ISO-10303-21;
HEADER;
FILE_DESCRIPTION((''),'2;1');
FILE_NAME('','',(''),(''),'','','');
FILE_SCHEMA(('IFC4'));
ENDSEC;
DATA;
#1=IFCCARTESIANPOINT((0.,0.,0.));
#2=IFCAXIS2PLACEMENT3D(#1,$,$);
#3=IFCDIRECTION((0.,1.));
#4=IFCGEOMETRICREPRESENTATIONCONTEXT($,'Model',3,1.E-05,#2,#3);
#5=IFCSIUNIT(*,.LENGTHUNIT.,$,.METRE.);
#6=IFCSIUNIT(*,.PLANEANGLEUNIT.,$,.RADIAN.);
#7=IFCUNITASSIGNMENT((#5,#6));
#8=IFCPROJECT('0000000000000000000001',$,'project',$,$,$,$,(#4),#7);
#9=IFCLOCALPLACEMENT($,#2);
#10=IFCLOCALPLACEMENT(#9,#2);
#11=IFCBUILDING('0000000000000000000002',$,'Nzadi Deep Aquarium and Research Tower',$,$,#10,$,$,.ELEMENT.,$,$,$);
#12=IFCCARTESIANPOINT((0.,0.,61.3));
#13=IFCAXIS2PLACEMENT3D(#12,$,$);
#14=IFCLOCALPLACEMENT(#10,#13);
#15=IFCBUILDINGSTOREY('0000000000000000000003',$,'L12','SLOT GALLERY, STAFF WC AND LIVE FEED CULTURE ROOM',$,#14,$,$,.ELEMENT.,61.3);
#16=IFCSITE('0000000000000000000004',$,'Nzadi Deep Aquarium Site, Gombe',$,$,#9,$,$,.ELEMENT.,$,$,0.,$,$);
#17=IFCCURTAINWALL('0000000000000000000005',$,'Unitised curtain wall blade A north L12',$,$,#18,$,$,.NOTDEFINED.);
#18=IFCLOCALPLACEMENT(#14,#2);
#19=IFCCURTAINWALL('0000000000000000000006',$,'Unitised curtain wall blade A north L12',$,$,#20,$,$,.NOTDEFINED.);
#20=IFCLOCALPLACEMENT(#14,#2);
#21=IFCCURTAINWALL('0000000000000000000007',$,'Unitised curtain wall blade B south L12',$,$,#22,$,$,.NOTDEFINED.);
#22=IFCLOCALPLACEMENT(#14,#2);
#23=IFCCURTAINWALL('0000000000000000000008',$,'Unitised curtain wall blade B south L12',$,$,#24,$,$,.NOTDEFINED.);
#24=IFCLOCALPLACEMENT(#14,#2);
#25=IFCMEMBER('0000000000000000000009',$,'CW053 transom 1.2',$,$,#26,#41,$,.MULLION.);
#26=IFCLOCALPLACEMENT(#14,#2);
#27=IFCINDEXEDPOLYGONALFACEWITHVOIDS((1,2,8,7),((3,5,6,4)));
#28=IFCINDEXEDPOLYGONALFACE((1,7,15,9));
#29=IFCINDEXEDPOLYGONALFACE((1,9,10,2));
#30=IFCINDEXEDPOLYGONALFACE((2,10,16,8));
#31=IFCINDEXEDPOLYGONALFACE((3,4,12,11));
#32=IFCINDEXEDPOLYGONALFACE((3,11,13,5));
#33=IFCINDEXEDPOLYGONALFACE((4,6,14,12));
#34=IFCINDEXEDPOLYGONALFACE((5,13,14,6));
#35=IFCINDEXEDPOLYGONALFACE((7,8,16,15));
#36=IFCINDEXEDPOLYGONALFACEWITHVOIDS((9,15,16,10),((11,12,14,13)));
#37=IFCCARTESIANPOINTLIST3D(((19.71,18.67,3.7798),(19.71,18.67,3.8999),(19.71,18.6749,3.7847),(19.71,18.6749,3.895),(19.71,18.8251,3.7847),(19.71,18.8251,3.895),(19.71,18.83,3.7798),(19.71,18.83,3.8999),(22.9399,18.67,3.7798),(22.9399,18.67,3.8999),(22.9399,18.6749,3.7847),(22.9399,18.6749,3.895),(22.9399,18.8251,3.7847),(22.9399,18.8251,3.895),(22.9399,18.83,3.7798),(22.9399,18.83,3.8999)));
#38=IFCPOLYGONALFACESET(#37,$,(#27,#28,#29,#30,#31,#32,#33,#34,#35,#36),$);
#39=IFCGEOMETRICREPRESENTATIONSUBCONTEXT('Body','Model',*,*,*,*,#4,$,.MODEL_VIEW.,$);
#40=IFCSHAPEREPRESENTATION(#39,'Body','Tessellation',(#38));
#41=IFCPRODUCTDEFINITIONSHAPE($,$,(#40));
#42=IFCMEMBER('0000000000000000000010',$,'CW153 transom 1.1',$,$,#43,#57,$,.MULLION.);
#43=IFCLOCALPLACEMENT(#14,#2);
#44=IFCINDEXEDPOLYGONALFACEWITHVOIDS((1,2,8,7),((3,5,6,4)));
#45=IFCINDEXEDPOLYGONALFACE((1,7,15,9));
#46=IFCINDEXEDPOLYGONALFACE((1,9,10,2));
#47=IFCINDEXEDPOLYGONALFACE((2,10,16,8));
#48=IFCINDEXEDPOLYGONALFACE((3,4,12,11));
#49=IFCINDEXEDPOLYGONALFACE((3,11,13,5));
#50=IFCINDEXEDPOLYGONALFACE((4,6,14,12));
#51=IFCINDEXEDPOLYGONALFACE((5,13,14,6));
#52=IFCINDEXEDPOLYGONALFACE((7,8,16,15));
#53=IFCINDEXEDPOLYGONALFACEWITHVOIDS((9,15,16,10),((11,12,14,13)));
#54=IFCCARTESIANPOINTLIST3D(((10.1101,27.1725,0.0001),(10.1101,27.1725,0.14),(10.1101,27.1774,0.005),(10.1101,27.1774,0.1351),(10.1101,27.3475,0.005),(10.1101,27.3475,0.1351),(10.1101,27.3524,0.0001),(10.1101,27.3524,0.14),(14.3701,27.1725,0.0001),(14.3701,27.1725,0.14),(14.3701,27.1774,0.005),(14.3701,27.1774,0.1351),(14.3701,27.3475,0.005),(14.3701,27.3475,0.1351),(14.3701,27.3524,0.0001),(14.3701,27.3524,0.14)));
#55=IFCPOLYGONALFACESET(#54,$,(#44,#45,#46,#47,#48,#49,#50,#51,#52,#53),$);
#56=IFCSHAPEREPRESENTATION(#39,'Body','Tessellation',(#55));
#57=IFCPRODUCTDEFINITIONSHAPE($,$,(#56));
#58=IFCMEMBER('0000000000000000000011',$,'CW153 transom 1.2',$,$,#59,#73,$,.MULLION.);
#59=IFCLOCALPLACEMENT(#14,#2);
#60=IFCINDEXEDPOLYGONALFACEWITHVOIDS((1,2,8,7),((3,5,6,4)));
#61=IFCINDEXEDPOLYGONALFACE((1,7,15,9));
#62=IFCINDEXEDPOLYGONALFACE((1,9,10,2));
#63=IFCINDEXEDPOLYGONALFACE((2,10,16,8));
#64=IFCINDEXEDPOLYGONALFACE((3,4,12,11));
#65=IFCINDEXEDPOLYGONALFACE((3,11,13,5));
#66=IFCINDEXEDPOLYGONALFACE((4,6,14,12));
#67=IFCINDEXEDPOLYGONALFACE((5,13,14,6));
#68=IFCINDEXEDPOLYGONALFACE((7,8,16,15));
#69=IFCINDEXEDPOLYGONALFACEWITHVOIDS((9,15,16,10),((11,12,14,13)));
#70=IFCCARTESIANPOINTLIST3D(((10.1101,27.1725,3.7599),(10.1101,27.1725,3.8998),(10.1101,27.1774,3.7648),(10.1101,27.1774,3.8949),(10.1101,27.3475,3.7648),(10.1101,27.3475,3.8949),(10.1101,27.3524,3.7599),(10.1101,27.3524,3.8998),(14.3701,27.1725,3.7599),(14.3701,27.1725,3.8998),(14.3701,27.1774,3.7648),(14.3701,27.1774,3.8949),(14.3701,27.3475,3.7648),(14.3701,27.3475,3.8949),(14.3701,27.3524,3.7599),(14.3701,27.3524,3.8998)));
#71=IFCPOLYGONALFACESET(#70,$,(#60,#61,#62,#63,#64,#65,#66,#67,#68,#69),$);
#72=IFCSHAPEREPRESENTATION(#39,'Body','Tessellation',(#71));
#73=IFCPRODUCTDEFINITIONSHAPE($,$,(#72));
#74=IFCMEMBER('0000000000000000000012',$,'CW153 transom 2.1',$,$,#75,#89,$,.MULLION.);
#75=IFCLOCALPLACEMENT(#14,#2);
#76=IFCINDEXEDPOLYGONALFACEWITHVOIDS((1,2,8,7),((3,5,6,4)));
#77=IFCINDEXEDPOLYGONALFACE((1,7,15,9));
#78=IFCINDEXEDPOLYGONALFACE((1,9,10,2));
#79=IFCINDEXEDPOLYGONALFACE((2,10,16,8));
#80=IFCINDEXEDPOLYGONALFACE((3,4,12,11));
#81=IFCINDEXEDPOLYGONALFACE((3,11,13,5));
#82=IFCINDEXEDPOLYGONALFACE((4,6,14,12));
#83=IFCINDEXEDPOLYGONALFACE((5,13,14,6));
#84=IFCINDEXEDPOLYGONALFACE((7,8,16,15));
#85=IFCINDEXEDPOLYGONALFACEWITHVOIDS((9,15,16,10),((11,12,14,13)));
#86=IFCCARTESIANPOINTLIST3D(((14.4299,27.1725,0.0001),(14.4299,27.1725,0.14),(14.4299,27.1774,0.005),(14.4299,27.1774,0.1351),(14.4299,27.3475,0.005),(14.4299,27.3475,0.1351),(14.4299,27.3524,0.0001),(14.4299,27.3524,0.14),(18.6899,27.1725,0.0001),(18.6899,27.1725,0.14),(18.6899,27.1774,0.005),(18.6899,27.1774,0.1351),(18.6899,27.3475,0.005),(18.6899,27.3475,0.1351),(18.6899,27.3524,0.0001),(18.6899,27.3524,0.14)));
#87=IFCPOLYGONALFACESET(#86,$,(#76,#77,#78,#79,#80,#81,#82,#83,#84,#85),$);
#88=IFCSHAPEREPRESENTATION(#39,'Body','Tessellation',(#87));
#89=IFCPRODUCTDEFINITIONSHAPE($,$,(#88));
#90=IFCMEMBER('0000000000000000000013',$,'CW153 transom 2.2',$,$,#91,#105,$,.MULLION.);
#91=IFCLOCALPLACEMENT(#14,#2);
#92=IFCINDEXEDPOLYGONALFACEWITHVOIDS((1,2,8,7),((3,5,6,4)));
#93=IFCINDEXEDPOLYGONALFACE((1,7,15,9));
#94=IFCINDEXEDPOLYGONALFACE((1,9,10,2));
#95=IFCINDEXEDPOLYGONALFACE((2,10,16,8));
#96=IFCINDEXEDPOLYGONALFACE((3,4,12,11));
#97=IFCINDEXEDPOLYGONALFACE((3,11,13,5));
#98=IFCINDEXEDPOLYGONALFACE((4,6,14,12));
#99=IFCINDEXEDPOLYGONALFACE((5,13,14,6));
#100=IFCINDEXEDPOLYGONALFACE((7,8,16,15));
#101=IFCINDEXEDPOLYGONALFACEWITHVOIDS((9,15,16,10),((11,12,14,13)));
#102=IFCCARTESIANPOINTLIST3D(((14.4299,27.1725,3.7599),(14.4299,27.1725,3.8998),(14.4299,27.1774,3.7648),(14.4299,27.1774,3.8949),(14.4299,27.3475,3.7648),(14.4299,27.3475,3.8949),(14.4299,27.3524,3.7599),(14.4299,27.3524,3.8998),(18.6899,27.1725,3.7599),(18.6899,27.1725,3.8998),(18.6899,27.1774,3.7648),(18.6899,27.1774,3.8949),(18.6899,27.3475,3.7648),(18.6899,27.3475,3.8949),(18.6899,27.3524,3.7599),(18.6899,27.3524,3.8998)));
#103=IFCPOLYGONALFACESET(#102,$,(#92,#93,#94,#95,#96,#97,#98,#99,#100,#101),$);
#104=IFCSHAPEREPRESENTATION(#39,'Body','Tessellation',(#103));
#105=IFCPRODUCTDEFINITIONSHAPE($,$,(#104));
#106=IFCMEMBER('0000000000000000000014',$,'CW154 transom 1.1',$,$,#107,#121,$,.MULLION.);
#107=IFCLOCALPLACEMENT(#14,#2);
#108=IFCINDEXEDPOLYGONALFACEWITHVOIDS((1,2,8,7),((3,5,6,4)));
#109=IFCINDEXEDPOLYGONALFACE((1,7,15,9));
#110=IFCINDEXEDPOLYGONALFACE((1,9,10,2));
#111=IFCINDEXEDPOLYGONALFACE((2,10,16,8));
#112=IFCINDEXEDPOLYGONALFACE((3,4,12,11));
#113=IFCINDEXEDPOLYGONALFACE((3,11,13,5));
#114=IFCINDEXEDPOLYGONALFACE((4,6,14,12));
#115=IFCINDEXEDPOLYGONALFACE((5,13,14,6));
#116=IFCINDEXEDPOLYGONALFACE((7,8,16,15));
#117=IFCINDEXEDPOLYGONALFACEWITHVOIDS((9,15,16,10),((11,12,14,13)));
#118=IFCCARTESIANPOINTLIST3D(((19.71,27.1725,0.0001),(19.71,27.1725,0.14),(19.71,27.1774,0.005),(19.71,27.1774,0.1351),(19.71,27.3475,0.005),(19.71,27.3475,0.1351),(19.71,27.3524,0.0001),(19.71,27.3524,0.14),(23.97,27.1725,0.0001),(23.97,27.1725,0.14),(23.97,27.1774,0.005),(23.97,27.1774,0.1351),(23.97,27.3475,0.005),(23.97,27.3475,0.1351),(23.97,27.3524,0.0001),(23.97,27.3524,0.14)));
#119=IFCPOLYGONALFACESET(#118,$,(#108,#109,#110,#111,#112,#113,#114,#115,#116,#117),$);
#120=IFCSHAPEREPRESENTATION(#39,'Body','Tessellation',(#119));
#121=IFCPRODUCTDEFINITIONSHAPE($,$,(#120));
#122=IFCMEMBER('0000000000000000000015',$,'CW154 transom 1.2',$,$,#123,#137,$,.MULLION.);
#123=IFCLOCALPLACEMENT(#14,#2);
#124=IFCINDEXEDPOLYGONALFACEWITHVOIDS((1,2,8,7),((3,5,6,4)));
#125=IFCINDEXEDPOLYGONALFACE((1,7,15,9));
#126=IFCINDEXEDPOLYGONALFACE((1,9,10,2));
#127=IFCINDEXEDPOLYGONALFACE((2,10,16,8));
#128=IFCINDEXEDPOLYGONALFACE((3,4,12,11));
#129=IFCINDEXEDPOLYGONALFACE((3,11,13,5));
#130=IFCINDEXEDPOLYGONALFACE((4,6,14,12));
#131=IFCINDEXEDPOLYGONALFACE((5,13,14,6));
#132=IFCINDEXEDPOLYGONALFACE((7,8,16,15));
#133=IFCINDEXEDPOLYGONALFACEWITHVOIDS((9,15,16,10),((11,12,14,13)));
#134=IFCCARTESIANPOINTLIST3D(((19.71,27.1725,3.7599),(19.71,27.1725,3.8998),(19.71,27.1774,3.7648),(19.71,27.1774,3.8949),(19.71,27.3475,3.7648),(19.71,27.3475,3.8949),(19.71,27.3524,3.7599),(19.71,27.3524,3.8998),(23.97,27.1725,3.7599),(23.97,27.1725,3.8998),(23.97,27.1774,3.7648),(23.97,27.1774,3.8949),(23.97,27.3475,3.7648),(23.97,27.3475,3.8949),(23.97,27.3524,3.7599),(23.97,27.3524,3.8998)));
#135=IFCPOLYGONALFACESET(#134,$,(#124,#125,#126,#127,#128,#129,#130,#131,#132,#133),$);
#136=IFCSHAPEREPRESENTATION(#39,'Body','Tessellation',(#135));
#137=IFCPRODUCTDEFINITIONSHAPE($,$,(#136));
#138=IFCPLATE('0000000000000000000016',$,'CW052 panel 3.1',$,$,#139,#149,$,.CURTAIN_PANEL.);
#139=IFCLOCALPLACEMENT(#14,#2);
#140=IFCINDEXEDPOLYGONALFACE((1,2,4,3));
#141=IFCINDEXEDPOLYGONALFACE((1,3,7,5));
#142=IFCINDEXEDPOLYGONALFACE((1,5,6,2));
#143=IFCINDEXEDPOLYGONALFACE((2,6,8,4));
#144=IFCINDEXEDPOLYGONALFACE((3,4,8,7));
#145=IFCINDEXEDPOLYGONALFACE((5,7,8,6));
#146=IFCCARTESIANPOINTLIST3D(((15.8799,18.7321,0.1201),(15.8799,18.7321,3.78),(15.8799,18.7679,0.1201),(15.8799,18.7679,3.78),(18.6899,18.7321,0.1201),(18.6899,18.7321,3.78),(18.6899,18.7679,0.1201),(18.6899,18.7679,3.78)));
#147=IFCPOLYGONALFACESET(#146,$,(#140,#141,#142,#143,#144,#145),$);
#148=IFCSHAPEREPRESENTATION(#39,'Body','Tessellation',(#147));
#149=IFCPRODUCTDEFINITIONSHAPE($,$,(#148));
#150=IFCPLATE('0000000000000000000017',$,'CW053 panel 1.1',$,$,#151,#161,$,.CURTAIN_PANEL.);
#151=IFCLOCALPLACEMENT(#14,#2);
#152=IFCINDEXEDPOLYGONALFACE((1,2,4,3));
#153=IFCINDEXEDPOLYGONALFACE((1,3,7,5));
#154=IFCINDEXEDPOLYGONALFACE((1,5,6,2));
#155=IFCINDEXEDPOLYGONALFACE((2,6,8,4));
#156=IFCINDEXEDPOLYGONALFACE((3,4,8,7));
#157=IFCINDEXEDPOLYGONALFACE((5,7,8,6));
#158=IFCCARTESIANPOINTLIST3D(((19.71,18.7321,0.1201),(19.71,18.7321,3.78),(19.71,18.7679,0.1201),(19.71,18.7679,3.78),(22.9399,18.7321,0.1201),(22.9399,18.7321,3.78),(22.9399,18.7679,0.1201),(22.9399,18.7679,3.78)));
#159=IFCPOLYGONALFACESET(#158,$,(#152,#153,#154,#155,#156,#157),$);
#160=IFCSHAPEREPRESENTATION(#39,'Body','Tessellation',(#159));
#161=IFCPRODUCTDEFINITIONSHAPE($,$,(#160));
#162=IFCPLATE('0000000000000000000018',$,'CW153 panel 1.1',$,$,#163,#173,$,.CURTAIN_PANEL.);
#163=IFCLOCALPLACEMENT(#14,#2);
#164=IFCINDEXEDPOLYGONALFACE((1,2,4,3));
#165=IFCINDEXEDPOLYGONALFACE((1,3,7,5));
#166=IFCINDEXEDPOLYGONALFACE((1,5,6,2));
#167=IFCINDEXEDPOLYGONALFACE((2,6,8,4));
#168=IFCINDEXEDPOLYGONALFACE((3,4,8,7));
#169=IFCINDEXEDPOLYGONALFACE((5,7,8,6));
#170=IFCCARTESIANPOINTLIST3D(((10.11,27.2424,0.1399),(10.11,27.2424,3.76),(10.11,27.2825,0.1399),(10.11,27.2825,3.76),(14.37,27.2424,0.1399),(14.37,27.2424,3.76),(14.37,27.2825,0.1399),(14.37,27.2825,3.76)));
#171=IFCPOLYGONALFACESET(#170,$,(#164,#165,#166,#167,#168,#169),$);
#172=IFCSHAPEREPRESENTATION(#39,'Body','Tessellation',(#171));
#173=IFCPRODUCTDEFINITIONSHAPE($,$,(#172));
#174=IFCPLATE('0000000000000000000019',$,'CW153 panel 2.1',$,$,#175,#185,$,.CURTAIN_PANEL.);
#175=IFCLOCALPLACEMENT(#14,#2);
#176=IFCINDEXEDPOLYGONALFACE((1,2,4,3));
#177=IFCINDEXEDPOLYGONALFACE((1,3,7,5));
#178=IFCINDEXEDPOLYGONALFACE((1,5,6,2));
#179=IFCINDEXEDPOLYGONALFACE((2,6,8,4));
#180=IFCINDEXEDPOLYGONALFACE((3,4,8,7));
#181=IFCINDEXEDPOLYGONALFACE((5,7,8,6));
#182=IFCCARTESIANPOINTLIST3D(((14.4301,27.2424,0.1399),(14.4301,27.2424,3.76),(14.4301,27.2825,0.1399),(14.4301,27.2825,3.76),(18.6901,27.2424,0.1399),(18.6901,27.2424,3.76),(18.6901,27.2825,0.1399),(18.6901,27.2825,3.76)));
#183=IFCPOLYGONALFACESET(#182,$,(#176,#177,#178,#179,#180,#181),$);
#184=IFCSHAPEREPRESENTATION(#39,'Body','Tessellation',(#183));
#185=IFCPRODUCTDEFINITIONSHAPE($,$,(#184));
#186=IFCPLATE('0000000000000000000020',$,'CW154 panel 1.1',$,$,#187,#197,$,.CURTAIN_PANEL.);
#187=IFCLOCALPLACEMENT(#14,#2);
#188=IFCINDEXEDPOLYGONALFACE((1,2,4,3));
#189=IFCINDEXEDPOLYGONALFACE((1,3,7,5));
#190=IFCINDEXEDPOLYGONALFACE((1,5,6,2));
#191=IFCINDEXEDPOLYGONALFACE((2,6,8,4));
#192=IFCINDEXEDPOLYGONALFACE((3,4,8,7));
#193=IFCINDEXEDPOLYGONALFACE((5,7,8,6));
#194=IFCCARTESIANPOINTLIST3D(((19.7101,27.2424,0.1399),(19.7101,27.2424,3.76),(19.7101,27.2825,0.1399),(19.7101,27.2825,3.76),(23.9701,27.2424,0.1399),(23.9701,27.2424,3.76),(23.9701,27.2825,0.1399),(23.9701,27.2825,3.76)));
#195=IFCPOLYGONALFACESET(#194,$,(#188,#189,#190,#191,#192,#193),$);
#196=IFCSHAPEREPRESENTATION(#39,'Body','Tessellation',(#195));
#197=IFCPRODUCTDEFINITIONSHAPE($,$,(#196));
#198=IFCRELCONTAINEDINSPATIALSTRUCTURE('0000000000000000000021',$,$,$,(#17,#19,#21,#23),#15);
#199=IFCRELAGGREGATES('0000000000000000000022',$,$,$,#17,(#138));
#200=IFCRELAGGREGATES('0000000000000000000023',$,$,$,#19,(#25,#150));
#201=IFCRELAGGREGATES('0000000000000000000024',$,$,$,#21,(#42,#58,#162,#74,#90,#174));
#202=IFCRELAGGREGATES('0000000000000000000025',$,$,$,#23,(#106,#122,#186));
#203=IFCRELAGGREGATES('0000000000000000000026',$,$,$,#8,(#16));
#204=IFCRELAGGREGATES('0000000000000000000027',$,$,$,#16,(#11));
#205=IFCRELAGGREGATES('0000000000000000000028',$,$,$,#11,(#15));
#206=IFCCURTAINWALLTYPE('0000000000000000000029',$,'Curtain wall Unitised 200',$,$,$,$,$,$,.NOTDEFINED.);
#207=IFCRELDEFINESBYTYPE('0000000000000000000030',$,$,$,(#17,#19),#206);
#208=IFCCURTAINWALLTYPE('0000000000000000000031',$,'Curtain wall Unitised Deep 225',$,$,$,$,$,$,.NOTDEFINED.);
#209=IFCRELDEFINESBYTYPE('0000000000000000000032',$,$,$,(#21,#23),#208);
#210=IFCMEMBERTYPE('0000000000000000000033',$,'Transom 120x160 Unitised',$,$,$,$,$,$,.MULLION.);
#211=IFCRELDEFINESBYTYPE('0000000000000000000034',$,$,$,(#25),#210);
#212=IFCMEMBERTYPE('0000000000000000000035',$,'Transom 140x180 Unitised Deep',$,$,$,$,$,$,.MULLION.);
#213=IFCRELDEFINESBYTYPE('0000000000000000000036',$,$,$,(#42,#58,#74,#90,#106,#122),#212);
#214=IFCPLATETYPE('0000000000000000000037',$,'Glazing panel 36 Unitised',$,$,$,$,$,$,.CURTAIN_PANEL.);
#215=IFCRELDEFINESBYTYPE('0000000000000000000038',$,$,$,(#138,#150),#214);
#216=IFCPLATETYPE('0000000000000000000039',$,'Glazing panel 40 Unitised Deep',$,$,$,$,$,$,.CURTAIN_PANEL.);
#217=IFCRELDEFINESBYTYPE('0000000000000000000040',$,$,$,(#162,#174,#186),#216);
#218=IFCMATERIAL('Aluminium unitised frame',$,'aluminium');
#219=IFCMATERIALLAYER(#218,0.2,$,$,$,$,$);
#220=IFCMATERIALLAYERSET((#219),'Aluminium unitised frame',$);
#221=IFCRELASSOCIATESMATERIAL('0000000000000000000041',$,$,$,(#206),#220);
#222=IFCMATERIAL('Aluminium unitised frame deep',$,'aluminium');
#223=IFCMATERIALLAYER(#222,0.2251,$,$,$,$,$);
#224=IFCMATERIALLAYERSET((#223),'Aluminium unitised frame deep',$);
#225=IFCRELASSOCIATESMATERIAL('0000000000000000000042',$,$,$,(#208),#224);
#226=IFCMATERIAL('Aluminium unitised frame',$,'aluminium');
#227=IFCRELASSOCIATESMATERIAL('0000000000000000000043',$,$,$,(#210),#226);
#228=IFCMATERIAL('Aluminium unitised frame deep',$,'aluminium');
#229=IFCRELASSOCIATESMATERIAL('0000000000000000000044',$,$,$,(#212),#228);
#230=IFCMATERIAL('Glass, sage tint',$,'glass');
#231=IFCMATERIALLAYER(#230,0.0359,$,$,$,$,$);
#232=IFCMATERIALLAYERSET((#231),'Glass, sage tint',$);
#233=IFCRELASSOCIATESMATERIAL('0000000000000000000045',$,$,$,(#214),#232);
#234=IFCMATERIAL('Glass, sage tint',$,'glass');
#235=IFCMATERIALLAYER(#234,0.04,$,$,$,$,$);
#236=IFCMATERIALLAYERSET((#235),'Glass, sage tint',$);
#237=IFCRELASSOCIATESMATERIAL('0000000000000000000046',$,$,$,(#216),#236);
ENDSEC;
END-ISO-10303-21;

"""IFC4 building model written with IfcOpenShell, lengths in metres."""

from ifc_helpers import new_model, si_unit, direction, frame, origin, origin_2d, place, context, subcontext, project, spatial, rectangle, hollow_rectangle, extrude, material, layer, layer_set, material_profile, profile_set, type_object, element, aggregate, save


model = new_model("IFC4")

# Units and contexts
model_context = context("Model", 3, precision=1e-05, world=origin(), true_north=direction((0.0, 1.0)))
body_context = subcontext(model_context, "Body", "Model", "MODEL_VIEW")
ifc_project = project(units=[si_unit("LENGTHUNIT", "METRE"), si_unit("PLANEANGLEUNIT", "RADIAN")], contexts=[model_context])

# Site, building, storey
site_placement = place(None, origin())
site = spatial("IfcSite", under=ifc_project, at=site_placement, Name="Nzadi Deep Aquarium Site, Gombe", CompositionType="ELEMENT", RefElevation=0.0)
building_placement = place(site_placement, origin())
building = spatial("IfcBuilding", under=site, at=building_placement, Name="Nzadi Deep Aquarium and Research Tower", CompositionType="ELEMENT")
storey_placement = place(building_placement, frame((0.0, 0.0, 61.3)))
storey = spatial("IfcBuildingStorey", under=building, at=storey_placement, Name="L12", Description="SLOT GALLERY, STAFF WC AND LIVE FEED CULTURE ROOM", CompositionType="ELEMENT", Elevation=61.3)

# Curtain wall
ifc_material_1 = material(Name="Aluminium unitised frame", Category="aluminium")
ifc_layer_1 = layer(ifc_material_1, 0.2)
ifc_layer_set_1 = layer_set([ifc_layer_1], Name="Aluminium unitised frame")
curtain_wall_type_1 = type_object("IfcCurtainWallType", Name="Curtain wall Unitised 200", PredefinedType="NOTDEFINED", material=ifc_layer_set_1)
curtain_wall_1_placement = place(storey_placement, origin())
curtain_wall_1 = element("IfcCurtainWall", 1, at=curtain_wall_1_placement, inside=storey, type_object=curtain_wall_type_1, Name="Unitised curtain wall blade A north L12", PredefinedType="NOTDEFINED")

# Curtain walls
curtain_wall_2_placement = place(storey_placement, origin())
curtain_wall_2 = element("IfcCurtainWall", 2, at=curtain_wall_2_placement, inside=storey, type_object=curtain_wall_type_1, Name="Unitised curtain wall blade A north L12", PredefinedType="NOTDEFINED")
ifc_material_2 = material(Name="Aluminium unitised frame deep", Category="aluminium")
ifc_layer_2 = layer(ifc_material_2, 0.2251)
ifc_layer_set_2 = layer_set([ifc_layer_2], Name="Aluminium unitised frame deep")
curtain_wall_type_2 = type_object("IfcCurtainWallType", Name="Curtain wall Unitised Deep 225", PredefinedType="NOTDEFINED", material=ifc_layer_set_2)
curtain_wall_3_placement = place(storey_placement, origin())
curtain_wall_3 = element("IfcCurtainWall", 3, at=curtain_wall_3_placement, inside=storey, type_object=curtain_wall_type_2, Name="Unitised curtain wall blade B south L12", PredefinedType="NOTDEFINED")

# Curtain wall
curtain_wall_4_placement = place(storey_placement, origin())
curtain_wall_4 = element("IfcCurtainWall", 4, at=curtain_wall_4_placement, inside=storey, type_object=curtain_wall_type_2, Name="Unitised curtain wall blade B south L12", PredefinedType="NOTDEFINED")

# Members
ifc_material_3 = material(Name="Aluminium unitised frame", Category="aluminium")
ifc_material_profile_1 = material_profile(ifc_material_3, hollow_rectangle(XDim=0.1599, YDim=0.1201, WallThickness=0.0049, at=origin_2d()))
ifc_profile_set_1 = profile_set([ifc_material_profile_1], Name="Aluminium unitised frame")
member_type_1 = type_object("IfcMemberType", Name="Transom 120x160 Unitised", PredefinedType="MULLION", material=ifc_profile_set_1)
member_1_placement = place(storey_placement, frame((19.71, 18.75, 3.8398), z_axis=(1.0, 0.0, 0.0), x_axis=(0.0, 1.0, 0.0)))
member_1 = element("IfcMember", 5, at=member_1_placement, type_object=member_type_1, Name="CW053 transom 1.2", PredefinedType="MULLION", context=body_context, shape_type="SweptSolid", body=[
    extrude(hollow_rectangle(XDim=0.1599, YDim=0.1201, WallThickness=0.0049, at=origin_2d()), origin(), (0.0, 0.0, 1.0), 3.23),
])
ifc_material_4 = material(Name="Aluminium unitised frame deep", Category="aluminium")
ifc_material_profile_2 = material_profile(ifc_material_4, hollow_rectangle(XDim=0.1799, YDim=0.1399, WallThickness=0.0049, at=origin_2d()))
ifc_profile_set_2 = profile_set([ifc_material_profile_2], Name="Aluminium unitised frame deep")
member_type_2 = type_object("IfcMemberType", Name="Transom 140x180 Unitised Deep", PredefinedType="MULLION", material=ifc_profile_set_2)
member_2_placement = place(storey_placement, frame((10.1101, 27.2625, 0.0701), z_axis=(1.0, 0.0, 0.0), x_axis=(0.0, 1.0, 0.0)))
member_2 = element("IfcMember", 6, at=member_2_placement, type_object=member_type_2, Name="CW153 transom 1.1", PredefinedType="MULLION", context=body_context, shape_type="SweptSolid", body=[
    extrude(hollow_rectangle(XDim=0.1799, YDim=0.1399, WallThickness=0.0049, at=origin_2d()), origin(), (0.0, 0.0, 1.0), 4.26),
])
member_3_placement = place(storey_placement, frame((10.1101, 27.2625, 3.8298), z_axis=(1.0, 0.0, 0.0), x_axis=(0.0, 1.0, 0.0)))
member_3 = element("IfcMember", 7, at=member_3_placement, type_object=member_type_2, Name="CW153 transom 1.2", PredefinedType="MULLION", context=body_context, shape_type="SweptSolid", body=[
    extrude(hollow_rectangle(XDim=0.1799, YDim=0.1399, WallThickness=0.0049, at=origin_2d()), origin(), (0.0, 0.0, 1.0), 4.26),
])
member_4_placement = place(storey_placement, frame((14.4299, 27.2625, 0.0701), z_axis=(1.0, 0.0, 0.0), x_axis=(0.0, 1.0, 0.0)))
member_4 = element("IfcMember", 8, at=member_4_placement, type_object=member_type_2, Name="CW153 transom 2.1", PredefinedType="MULLION", context=body_context, shape_type="SweptSolid", body=[
    extrude(hollow_rectangle(XDim=0.1799, YDim=0.1399, WallThickness=0.0049, at=origin_2d()), origin(), (0.0, 0.0, 1.0), 4.26),
])
member_5_placement = place(storey_placement, frame((14.4299, 27.2625, 3.8298), z_axis=(1.0, 0.0, 0.0), x_axis=(0.0, 1.0, 0.0)))
member_5 = element("IfcMember", 9, at=member_5_placement, type_object=member_type_2, Name="CW153 transom 2.2", PredefinedType="MULLION", context=body_context, shape_type="SweptSolid", body=[
    extrude(hollow_rectangle(XDim=0.1799, YDim=0.1399, WallThickness=0.0049, at=origin_2d()), origin(), (0.0, 0.0, 1.0), 4.26),
])
member_6_placement = place(storey_placement, frame((19.71, 27.2625, 0.0701), z_axis=(1.0, 0.0, 0.0), x_axis=(0.0, 1.0, 0.0)))
member_6 = element("IfcMember", 10, at=member_6_placement, type_object=member_type_2, Name="CW154 transom 1.1", PredefinedType="MULLION", context=body_context, shape_type="SweptSolid", body=[
    extrude(hollow_rectangle(XDim=0.1799, YDim=0.1399, WallThickness=0.0049, at=origin_2d()), origin(), (0.0, 0.0, 1.0), 4.26),
])
member_7_placement = place(storey_placement, frame((19.71, 27.2625, 3.8298), z_axis=(1.0, 0.0, 0.0), x_axis=(0.0, 1.0, 0.0)))
member_7 = element("IfcMember", 11, at=member_7_placement, type_object=member_type_2, Name="CW154 transom 1.2", PredefinedType="MULLION", context=body_context, shape_type="SweptSolid", body=[
    extrude(hollow_rectangle(XDim=0.1799, YDim=0.1399, WallThickness=0.0049, at=origin_2d()), origin(), (0.0, 0.0, 1.0), 4.26),
])

# Plates
ifc_material_5 = material(Name="Glass, sage tint", Category="glass")
ifc_layer_3 = layer(ifc_material_5, 0.0359)
ifc_layer_set_3 = layer_set([ifc_layer_3], Name="Glass, sage tint")
plate_type_1 = type_object("IfcPlateType", Name="Glazing panel 36 Unitised", PredefinedType="CURTAIN_PANEL", material=ifc_layer_set_3)
plate_1_placement = place(storey_placement, frame((17.2849, 18.75, 0.1201), z_axis=(0.0, 0.0, 1.0), x_axis=(1.0, 0.0, 0.0)))
plate_1 = element("IfcPlate", 12, at=plate_1_placement, type_object=plate_type_1, Name="CW052 panel 3.1", PredefinedType="CURTAIN_PANEL", context=body_context, shape_type="SweptSolid", body=[
    extrude(rectangle(XDim=2.8101, YDim=0.0359, at=origin_2d()), origin(), (0.0, 0.0, 1.0), 3.6599),
])
aggregate(curtain_wall_1, [plate_1])
plate_2_placement = place(storey_placement, frame((21.325, 18.75, 0.1201), z_axis=(0.0, 0.0, 1.0), x_axis=(1.0, 0.0, 0.0)))
plate_2 = element("IfcPlate", 13, at=plate_2_placement, type_object=plate_type_1, Name="CW053 panel 1.1", PredefinedType="CURTAIN_PANEL", context=body_context, shape_type="SweptSolid", body=[
    extrude(rectangle(XDim=3.23, YDim=0.0359, at=origin_2d()), origin(), (0.0, 0.0, 1.0), 3.6599),
])
aggregate(curtain_wall_2, [member_1, plate_2])
ifc_material_6 = material(Name="Glass, sage tint", Category="glass")
ifc_layer_4 = layer(ifc_material_6, 0.04)
ifc_layer_set_4 = layer_set([ifc_layer_4], Name="Glass, sage tint")
plate_type_2 = type_object("IfcPlateType", Name="Glazing panel 40 Unitised Deep", PredefinedType="CURTAIN_PANEL", material=ifc_layer_set_4)
plate_3_placement = place(storey_placement, frame((12.24, 27.2625, 0.1399), z_axis=(0.0, 0.0, 1.0), x_axis=(1.0, 0.0, 0.0)))
plate_3 = element("IfcPlate", 14, at=plate_3_placement, type_object=plate_type_2, Name="CW153 panel 1.1", PredefinedType="CURTAIN_PANEL", context=body_context, shape_type="SweptSolid", body=[
    extrude(rectangle(XDim=4.26, YDim=0.04, at=origin_2d()), origin(), (0.0, 0.0, 1.0), 3.6201),
])
plate_4_placement = place(storey_placement, frame((16.5601, 27.2625, 0.1399), z_axis=(0.0, 0.0, 1.0), x_axis=(1.0, 0.0, 0.0)))
plate_4 = element("IfcPlate", 15, at=plate_4_placement, type_object=plate_type_2, Name="CW153 panel 2.1", PredefinedType="CURTAIN_PANEL", context=body_context, shape_type="SweptSolid", body=[
    extrude(rectangle(XDim=4.26, YDim=0.04, at=origin_2d()), origin(), (0.0, 0.0, 1.0), 3.6201),
])
aggregate(curtain_wall_3, [member_2, member_3, plate_3, member_4, member_5, plate_4])
plate_5_placement = place(storey_placement, frame((21.8401, 27.2625, 0.1399), z_axis=(0.0, 0.0, 1.0), x_axis=(1.0, 0.0, 0.0)))
plate_5 = element("IfcPlate", 16, at=plate_5_placement, type_object=plate_type_2, Name="CW154 panel 1.1", PredefinedType="CURTAIN_PANEL", context=body_context, shape_type="SweptSolid", body=[
    extrude(rectangle(XDim=4.26, YDim=0.04, at=origin_2d()), origin(), (0.0, 0.0, 1.0), 3.6201),
])
aggregate(curtain_wall_4, [member_6, member_7, plate_5])

save(model, "model.ifc")
